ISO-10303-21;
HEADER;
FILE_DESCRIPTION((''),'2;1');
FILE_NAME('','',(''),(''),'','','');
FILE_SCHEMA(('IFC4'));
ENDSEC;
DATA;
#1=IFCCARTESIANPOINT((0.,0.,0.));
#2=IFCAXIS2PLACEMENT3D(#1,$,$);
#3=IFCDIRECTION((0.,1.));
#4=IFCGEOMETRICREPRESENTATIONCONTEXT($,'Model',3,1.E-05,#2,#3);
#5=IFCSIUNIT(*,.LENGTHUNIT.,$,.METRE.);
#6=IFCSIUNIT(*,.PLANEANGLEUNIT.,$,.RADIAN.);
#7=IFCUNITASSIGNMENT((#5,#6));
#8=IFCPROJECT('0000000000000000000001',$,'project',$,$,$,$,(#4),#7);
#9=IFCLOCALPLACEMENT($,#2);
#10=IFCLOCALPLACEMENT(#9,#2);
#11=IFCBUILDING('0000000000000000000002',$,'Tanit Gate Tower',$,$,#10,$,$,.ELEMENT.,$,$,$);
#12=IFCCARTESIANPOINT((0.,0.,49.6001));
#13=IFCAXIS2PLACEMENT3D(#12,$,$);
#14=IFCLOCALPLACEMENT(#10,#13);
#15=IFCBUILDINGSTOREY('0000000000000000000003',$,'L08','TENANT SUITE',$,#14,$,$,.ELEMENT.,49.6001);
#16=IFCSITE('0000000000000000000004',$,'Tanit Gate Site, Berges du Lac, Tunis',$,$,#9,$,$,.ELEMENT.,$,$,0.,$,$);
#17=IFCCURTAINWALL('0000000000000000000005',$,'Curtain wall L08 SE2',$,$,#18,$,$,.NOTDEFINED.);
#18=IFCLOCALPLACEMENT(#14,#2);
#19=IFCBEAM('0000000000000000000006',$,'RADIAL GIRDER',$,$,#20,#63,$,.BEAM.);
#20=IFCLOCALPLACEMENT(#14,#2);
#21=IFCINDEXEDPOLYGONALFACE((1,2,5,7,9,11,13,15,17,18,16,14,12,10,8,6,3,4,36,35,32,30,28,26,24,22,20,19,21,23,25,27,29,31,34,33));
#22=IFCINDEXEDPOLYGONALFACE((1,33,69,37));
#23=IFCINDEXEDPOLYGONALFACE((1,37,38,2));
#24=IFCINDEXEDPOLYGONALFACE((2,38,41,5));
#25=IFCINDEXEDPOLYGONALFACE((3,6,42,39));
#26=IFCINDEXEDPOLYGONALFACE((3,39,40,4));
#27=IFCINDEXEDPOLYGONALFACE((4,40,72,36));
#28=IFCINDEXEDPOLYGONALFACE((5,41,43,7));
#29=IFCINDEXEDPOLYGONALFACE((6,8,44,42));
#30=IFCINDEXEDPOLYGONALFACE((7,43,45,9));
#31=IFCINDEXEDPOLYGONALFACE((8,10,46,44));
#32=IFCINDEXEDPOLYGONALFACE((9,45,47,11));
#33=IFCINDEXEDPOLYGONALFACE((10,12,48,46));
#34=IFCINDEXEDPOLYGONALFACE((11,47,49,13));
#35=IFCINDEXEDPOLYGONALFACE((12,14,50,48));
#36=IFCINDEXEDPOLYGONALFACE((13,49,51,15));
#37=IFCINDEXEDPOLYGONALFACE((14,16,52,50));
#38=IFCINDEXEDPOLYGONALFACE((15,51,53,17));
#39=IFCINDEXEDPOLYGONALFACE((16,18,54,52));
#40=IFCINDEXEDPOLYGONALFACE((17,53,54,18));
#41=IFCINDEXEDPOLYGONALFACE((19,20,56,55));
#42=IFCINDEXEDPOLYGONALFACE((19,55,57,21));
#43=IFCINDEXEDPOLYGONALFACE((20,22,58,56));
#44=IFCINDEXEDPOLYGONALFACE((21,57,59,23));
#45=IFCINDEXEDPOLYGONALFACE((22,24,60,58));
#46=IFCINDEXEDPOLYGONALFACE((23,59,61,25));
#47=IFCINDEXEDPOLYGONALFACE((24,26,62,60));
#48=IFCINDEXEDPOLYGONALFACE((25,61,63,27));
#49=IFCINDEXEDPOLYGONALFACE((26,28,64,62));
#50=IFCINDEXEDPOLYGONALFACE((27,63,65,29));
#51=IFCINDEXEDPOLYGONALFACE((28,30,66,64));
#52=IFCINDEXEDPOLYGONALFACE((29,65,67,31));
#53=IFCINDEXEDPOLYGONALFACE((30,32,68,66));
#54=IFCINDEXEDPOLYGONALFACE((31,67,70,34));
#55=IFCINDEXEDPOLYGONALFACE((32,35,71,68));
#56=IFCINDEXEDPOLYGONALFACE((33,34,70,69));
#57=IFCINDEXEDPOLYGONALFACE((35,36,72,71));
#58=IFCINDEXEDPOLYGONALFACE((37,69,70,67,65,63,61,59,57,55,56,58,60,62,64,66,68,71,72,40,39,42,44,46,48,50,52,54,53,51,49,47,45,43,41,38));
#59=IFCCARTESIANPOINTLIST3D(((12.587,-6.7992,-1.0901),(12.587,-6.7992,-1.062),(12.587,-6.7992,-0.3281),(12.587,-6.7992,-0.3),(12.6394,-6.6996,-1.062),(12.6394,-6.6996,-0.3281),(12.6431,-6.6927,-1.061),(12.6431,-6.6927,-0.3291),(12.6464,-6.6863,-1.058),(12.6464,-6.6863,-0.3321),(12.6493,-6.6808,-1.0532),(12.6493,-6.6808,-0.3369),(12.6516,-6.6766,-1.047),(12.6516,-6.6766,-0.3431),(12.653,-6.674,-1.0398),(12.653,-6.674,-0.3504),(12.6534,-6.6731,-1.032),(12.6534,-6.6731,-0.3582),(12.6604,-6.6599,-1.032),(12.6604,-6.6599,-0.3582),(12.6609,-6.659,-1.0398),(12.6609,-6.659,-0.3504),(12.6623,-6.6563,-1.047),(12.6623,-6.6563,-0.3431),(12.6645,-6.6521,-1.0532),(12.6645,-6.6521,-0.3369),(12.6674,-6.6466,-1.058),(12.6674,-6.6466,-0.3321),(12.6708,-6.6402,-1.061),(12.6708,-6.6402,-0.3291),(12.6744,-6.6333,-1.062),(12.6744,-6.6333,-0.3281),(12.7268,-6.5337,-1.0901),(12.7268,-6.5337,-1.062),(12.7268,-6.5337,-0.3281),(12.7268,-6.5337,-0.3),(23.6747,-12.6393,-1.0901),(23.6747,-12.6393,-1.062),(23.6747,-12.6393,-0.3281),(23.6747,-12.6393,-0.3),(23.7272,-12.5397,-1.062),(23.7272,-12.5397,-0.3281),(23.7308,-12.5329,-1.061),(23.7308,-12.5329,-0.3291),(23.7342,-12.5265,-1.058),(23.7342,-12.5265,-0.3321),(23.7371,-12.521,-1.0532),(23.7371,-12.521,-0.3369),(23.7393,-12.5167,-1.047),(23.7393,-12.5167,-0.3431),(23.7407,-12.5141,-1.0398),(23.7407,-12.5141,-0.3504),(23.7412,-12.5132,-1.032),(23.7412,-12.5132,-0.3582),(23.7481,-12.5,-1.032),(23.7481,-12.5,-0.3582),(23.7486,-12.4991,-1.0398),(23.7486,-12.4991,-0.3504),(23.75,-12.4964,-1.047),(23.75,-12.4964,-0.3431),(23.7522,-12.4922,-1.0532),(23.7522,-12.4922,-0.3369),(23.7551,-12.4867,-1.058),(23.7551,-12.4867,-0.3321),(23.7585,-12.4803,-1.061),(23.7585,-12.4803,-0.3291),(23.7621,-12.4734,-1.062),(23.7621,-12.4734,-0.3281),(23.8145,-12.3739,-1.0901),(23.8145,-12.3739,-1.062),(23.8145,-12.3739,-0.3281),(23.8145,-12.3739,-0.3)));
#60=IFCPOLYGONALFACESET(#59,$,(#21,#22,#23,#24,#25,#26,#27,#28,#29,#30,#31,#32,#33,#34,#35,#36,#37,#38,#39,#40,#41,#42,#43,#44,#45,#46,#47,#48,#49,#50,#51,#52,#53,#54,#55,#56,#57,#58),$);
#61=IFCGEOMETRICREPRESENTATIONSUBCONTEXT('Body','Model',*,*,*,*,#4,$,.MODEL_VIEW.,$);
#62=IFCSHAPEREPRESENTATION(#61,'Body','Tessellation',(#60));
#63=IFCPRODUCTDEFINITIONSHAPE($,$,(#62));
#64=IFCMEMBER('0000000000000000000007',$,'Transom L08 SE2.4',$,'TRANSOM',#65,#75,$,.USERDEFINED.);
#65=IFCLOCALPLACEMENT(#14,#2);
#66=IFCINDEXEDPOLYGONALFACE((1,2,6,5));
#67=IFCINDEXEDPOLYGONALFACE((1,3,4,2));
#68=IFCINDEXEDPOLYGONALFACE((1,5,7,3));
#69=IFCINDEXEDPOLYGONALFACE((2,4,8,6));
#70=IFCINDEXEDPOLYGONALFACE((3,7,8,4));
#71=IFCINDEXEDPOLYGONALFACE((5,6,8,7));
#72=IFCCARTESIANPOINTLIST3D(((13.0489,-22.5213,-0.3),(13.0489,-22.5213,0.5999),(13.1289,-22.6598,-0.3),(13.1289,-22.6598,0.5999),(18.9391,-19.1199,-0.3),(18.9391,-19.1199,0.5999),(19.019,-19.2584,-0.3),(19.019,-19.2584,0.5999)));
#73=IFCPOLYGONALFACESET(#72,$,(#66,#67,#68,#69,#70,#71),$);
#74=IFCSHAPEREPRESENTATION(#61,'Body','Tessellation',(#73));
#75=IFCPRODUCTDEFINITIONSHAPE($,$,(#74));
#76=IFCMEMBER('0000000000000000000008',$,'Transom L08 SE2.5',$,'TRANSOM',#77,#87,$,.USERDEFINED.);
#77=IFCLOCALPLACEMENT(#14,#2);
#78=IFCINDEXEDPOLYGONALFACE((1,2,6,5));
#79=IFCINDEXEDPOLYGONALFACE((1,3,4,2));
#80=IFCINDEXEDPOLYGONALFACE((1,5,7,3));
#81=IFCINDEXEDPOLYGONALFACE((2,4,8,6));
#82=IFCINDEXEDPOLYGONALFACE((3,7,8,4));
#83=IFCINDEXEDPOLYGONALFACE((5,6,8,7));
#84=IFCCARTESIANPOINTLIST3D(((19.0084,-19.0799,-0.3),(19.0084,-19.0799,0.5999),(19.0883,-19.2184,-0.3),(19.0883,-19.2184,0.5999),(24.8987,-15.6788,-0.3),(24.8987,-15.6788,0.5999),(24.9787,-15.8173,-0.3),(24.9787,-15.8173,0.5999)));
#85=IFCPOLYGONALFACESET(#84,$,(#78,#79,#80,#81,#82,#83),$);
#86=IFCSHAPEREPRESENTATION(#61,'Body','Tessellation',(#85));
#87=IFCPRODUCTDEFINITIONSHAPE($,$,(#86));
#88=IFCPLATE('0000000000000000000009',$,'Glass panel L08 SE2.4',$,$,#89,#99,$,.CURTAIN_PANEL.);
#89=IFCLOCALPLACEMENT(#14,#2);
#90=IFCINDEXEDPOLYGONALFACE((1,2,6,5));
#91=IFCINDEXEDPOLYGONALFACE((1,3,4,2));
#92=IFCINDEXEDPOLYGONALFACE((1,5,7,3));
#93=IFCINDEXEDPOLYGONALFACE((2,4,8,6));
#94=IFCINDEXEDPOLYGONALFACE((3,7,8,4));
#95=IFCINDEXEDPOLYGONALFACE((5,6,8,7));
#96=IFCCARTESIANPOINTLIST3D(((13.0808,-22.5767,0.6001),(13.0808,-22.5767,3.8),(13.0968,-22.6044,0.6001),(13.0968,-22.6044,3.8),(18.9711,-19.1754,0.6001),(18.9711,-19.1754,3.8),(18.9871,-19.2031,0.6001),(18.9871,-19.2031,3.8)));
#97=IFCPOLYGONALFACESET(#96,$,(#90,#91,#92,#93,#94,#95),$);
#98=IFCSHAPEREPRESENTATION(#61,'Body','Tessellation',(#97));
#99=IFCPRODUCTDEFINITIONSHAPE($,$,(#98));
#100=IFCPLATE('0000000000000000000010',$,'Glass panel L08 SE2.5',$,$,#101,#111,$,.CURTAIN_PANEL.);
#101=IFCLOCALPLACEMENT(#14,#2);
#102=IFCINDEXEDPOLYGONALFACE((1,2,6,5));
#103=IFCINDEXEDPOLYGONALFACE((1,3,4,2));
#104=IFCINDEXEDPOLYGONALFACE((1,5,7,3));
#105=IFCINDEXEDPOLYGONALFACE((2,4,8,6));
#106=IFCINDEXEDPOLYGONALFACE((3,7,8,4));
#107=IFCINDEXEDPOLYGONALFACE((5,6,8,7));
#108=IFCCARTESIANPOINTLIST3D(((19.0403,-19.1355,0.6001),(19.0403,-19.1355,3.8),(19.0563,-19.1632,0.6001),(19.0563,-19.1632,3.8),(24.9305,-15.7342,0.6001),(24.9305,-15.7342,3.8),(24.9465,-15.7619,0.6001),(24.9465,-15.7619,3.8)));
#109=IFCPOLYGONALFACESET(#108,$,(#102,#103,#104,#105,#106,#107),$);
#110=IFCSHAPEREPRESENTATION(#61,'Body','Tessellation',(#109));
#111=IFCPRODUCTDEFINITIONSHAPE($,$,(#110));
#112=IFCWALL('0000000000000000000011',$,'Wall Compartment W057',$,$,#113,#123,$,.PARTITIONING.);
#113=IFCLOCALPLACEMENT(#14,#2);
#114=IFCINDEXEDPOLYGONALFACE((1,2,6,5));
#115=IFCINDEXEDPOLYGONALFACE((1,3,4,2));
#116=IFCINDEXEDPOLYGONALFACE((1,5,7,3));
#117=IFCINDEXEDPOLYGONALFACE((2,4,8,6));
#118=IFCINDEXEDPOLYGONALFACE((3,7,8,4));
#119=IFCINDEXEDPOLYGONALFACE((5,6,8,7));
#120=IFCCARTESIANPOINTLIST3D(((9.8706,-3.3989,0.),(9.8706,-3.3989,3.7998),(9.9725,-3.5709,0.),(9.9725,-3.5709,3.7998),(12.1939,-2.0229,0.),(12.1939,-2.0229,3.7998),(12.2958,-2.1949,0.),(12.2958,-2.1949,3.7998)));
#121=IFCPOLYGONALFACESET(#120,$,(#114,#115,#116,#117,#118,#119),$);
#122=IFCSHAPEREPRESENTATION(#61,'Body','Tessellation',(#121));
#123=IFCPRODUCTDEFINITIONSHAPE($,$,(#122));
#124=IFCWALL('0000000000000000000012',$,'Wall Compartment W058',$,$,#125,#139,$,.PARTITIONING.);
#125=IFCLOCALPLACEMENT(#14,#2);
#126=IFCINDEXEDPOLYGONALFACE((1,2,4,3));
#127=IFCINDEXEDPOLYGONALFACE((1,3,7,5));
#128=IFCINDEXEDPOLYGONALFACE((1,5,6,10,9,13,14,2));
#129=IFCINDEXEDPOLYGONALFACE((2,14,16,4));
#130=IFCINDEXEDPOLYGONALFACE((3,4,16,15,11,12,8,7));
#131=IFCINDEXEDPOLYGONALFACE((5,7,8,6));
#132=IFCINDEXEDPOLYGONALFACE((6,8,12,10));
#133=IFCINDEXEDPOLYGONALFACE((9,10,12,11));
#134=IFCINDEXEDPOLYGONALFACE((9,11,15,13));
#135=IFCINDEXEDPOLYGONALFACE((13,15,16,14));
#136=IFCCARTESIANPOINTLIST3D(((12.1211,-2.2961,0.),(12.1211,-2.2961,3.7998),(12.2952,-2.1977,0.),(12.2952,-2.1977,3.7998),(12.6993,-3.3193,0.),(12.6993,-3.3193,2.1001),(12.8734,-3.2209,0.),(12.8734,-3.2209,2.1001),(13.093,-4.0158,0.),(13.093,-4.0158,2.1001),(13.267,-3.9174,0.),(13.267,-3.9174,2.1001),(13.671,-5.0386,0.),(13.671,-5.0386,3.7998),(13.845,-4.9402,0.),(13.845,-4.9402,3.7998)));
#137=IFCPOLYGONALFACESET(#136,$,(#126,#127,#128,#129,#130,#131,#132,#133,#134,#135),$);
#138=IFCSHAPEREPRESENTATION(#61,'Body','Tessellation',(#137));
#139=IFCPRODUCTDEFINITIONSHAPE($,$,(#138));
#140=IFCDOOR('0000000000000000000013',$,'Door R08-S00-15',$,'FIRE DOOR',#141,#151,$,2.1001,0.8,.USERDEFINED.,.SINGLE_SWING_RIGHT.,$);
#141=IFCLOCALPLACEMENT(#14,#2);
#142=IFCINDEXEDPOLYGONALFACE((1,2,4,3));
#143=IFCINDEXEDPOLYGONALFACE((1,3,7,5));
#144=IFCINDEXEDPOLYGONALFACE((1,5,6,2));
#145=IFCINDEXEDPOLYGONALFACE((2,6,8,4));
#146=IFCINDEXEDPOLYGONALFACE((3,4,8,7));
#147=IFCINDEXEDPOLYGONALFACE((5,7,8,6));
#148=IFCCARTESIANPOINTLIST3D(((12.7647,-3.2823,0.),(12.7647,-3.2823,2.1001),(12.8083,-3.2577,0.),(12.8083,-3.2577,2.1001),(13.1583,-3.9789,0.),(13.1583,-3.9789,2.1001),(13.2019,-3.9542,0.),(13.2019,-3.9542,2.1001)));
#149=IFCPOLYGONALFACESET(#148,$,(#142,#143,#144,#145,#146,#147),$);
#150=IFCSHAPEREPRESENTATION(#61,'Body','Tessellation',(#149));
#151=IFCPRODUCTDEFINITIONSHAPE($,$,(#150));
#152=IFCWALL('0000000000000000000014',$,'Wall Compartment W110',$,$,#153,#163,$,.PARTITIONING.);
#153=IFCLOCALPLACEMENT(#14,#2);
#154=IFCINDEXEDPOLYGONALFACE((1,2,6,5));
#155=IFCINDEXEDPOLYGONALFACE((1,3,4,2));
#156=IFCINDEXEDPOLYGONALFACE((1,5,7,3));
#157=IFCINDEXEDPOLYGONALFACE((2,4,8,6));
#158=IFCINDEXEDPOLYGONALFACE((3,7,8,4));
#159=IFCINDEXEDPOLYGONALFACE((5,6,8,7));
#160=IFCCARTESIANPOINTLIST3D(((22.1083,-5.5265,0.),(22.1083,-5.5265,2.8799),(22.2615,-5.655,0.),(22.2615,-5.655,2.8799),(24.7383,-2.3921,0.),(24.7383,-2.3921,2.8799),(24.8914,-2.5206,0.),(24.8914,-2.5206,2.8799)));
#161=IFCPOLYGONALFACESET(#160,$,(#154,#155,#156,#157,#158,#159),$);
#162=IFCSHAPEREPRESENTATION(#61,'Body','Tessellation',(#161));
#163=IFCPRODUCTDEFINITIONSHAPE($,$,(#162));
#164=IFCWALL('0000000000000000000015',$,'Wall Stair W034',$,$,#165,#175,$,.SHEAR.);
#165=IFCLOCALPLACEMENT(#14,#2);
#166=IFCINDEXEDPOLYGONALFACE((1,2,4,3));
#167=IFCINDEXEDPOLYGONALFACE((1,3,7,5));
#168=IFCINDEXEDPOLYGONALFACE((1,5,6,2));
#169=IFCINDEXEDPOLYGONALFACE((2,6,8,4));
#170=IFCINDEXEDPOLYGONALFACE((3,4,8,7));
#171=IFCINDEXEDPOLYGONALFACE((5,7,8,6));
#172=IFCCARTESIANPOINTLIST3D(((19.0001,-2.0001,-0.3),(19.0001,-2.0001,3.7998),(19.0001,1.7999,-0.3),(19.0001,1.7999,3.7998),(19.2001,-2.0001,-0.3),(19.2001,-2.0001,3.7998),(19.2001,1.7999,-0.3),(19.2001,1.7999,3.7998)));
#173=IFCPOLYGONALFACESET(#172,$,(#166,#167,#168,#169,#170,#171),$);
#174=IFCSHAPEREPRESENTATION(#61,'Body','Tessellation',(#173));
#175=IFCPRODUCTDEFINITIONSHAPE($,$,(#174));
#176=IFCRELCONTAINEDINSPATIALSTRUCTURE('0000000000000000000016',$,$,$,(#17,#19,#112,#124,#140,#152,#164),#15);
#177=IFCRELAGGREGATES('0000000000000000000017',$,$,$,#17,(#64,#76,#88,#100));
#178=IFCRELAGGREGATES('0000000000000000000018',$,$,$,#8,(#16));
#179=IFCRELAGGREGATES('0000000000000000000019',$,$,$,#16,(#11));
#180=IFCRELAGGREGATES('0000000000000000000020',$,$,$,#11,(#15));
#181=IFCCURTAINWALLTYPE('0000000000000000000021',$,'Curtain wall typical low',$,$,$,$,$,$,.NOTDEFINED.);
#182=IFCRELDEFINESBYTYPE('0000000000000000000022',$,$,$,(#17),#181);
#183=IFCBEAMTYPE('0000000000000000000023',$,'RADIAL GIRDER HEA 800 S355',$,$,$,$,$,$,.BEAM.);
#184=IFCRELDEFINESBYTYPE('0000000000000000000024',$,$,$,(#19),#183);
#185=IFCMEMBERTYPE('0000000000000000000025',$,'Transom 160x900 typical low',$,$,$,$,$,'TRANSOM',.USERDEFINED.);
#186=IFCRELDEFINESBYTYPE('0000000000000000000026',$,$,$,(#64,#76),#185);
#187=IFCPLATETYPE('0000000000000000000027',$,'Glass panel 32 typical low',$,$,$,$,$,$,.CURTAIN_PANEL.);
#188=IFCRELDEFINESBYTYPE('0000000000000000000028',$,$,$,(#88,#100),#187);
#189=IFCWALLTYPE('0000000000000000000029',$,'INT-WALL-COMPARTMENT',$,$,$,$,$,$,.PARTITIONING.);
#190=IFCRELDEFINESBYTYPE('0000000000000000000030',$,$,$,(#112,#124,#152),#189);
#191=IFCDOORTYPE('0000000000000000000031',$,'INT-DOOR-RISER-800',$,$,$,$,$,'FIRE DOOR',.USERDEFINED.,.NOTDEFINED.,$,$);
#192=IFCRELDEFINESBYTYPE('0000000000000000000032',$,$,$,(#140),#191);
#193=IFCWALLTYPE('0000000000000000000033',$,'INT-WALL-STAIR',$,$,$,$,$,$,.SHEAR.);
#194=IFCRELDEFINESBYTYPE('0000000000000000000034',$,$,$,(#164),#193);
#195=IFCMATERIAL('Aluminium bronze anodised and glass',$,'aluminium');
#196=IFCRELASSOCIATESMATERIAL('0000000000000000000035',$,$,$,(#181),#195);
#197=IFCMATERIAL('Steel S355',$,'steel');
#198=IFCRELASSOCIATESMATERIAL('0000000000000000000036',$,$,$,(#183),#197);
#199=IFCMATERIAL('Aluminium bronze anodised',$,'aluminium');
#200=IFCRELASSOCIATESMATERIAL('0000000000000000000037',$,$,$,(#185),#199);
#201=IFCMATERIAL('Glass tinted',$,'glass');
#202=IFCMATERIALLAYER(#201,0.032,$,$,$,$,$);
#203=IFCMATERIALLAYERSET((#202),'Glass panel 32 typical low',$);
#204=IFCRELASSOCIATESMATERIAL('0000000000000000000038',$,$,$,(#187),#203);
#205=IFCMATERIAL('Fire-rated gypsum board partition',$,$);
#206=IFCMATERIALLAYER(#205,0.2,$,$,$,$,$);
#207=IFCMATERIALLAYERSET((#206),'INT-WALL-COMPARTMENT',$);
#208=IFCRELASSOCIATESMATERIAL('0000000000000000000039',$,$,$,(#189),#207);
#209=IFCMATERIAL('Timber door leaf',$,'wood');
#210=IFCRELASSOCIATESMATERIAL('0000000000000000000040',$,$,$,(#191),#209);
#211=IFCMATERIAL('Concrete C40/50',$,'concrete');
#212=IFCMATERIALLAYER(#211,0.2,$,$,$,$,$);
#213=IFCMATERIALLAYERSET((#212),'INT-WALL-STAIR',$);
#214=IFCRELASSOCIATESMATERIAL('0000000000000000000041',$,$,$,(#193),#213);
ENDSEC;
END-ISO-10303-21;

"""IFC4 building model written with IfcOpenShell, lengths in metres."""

from ifc_helpers import new_model, si_unit, direction, frame, frame_2d, origin, origin_2d, place, context, subcontext, project, spatial, rectangle, i_section, extrude, material, layer, layer_set, material_profile, profile_set, type_object, element, fill, aggregate, save


model = new_model("IFC4")

# Units and contexts
model_context = context("Model", 3, precision=1e-05, world=origin(), true_north=direction((0.0, 1.0)))
body_context = subcontext(model_context, "Body", "Model", "MODEL_VIEW")
ifc_project = project(units=[si_unit("LENGTHUNIT", "METRE"), si_unit("PLANEANGLEUNIT", "RADIAN")], contexts=[model_context])

# Site, building, storey
site_placement = place(None, origin())
site = spatial("IfcSite", under=ifc_project, at=site_placement, Name="Tanit Gate Site, Berges du Lac, Tunis", CompositionType="ELEMENT", RefElevation=0.0)
building_placement = place(site_placement, origin())
building = spatial("IfcBuilding", under=site, at=building_placement, Name="Tanit Gate Tower", CompositionType="ELEMENT")
storey_placement = place(building_placement, frame((0.0, 0.0, 49.6001)))
storey = spatial("IfcBuildingStorey", under=building, at=storey_placement, Name="L08", Description="TENANT SUITE", CompositionType="ELEMENT", Elevation=49.6001)

# Curtain wall
ifc_material_1 = material(Name="Aluminium bronze anodised and glass", Category="aluminium")
curtain_wall_type = type_object("IfcCurtainWallType", Name="Curtain wall typical low", PredefinedType="NOTDEFINED", material=ifc_material_1)
curtain_wall_placement = place(storey_placement, origin())
curtain_wall = element("IfcCurtainWall", 1, at=curtain_wall_placement, inside=storey, type_object=curtain_wall_type, Name="Curtain wall L08 SE2", PredefinedType="NOTDEFINED")

# Beam
ifc_material_2 = material(Name="Steel S355", Category="steel")
ifc_material_profile_1 = material_profile(ifc_material_2, i_section(OverallWidth=0.3, OverallDepth=0.79, WebThickness=0.0149, FlangeThickness=0.0281, FilletRadius=0.03, at=origin_2d()), Name="HEA 800")
ifc_profile_set_1 = profile_set([ifc_material_profile_1], Name="Steel S355")
beam_type_1 = type_object("IfcBeamType", Name="RADIAL GIRDER HEA 800 S355", PredefinedType="BEAM", material=ifc_profile_set_1)
beam_1_placement = place(storey_placement, frame((23.7446, -12.5066, -0.6951), z_axis=(-0.884771, 0.466027, 0.0), x_axis=(-0.466027, -0.884771, 0.0)))
element("IfcBeam", 2, at=beam_1_placement, inside=storey, type_object=beam_type_1, Name="RADIAL GIRDER", PredefinedType="BEAM", context=body_context, shape_type="SweptSolid", body=[
    extrude(i_section(OverallWidth=0.3, OverallDepth=0.79, WebThickness=0.0149, FlangeThickness=0.0281, FilletRadius=0.03, at=origin_2d()), origin(), (0.0, 0.0, 1.0), 12.5317),
])

# Members
ifc_material_3 = material(Name="Aluminium bronze anodised", Category="aluminium")
ifc_material_profile_2 = material_profile(ifc_material_3, rectangle(XDim=0.1599, YDim=0.8999, at=origin_2d()), Name="160x900 bronze transom")
ifc_profile_set_2 = profile_set([ifc_material_profile_2], Name="Aluminium bronze anodised")
member_type_1 = type_object("IfcMemberType", Name="Transom 160x900 typical low", ElementType="TRANSOM", PredefinedType="USERDEFINED", material=ifc_profile_set_2)
member_1_placement = place(storey_placement, frame((13.0889, -22.5906, 0.1499), z_axis=(0.865981, 0.500077, 0.0), x_axis=(-0.500077, 0.865981, 0.0)))
member_1 = element("IfcMember", 3, at=member_1_placement, type_object=member_type_1, Name="Transom L08 SE2.4", ObjectType="TRANSOM", PredefinedType="USERDEFINED", context=body_context, shape_type="SweptSolid", body=[
    extrude(rectangle(XDim=0.1599, YDim=0.8999, at=origin_2d()), origin(), (0.0, 0.0, 1.0), 6.8018),
])
member_2_placement = place(storey_placement, frame((19.0483, -19.1492, 0.1499), z_axis=(0.866006, 0.500034, 0.0), x_axis=(-0.500034, 0.866006, 0.0)))
member_2 = element("IfcMember", 4, at=member_2_placement, type_object=member_type_1, Name="Transom L08 SE2.5", ObjectType="TRANSOM", PredefinedType="USERDEFINED", context=body_context, shape_type="SweptSolid", body=[
    extrude(rectangle(XDim=0.1599, YDim=0.8999, at=origin_2d()), origin(), (0.0, 0.0, 1.0), 6.8018),
])

# Plates
ifc_material_4 = material(Name="Glass tinted", Category="glass")
ifc_layer_1 = layer(ifc_material_4, 0.032)
ifc_layer_set_1 = layer_set([ifc_layer_1], Name="Glass panel 32 typical low")
plate_type = type_object("IfcPlateType", Name="Glass panel 32 typical low", PredefinedType="CURTAIN_PANEL", material=ifc_layer_set_1)
plate_1_placement = place(storey_placement, frame((16.0339, -20.8899, 0.6001), z_axis=(0.0, 0.0, 1.0), x_axis=(0.865991, 0.50006, 0.0)))
plate_1 = element("IfcPlate", 5, at=plate_1_placement, type_object=plate_type, Name="Glass panel L08 SE2.4", PredefinedType="CURTAIN_PANEL", context=body_context, shape_type="SweptSolid", body=[
    extrude(rectangle(XDim=6.8018, YDim=0.032, at=origin_2d()), origin(), (0.0, 0.0, 1.0), 3.2),
])
plate_2_placement = place(storey_placement, frame((21.9934, -17.4487, 0.6001), z_axis=(0.0, 0.0, 1.0), x_axis=(0.865991, 0.50006, 0.0)))
plate_2 = element("IfcPlate", 6, at=plate_2_placement, type_object=plate_type, Name="Glass panel L08 SE2.5", PredefinedType="CURTAIN_PANEL", context=body_context, shape_type="SweptSolid", body=[
    extrude(rectangle(XDim=6.8018, YDim=0.032, at=origin_2d()), origin(), (0.0, 0.0, 1.0), 3.2),
])
aggregate(curtain_wall, [member_1, member_2, plate_1, plate_2])

# Wall
ifc_material_5 = material(Name="Fire-rated gypsum board partition")
ifc_layer_2 = layer(ifc_material_5, 0.2)
ifc_layer_set_2 = layer_set([ifc_layer_2], Name="INT-WALL-COMPARTMENT")
wall_type_1 = type_object("IfcWallType", Name="INT-WALL-COMPARTMENT", PredefinedType="PARTITIONING", material=ifc_layer_set_2)
wall_1_placement = place(storey_placement, frame((12.2449, -2.1089, 0.0), z_axis=(0.0, 0.0, 1.0), x_axis=(-0.860415, -0.509594, 0.0)))
element("IfcWall", 7, at=wall_1_placement, inside=storey, type_object=wall_type_1, Name="Wall Compartment W057", PredefinedType="PARTITIONING", context=body_context, shape_type="SweptSolid", body=[
    extrude(rectangle(XDim=2.7002, YDim=0.2, at=frame_2d((1.3501, 0.0))), origin(), (0.0, 0.0, 1.0), 3.7998),
])

# Wall, opening, door
wall_2_placement = place(storey_placement, frame((13.7581, -4.9895, 0.0), z_axis=(0.0, 0.0, 1.0), x_axis=(-0.491993, 0.870599, 0.0)))
wall_2 = element("IfcWall", 8, at=wall_2_placement, inside=storey, type_object=wall_type_1, Name="Wall Compartment W058", PredefinedType="PARTITIONING", context=body_context, shape_type="SweptSolid", body=[
    extrude(rectangle(XDim=3.1501, YDim=0.2, at=frame_2d((1.5752, 0.0))), origin(), (0.0, 0.0, 1.0), 3.7998),
])
opening_1_placement = place(wall_2_placement, frame((1.175, 0.0, 0.0)))
opening_1 = element("IfcOpeningElement", 9, at=opening_1_placement, cuts=wall_2, PredefinedType="OPENING", context=body_context, shape_type="SweptSolid", body=[
    extrude(rectangle(XDim=0.8, YDim=2.1001, at=frame_2d((0.3999, 1.05))), frame((0.0, 0.1099, 0.0), z_axis=(0.0, -1.0, 0.0), x_axis=(1.0, 0.0, 0.0)), (0.0, 0.0, 1.0), 0.22),
])
ifc_material_6 = material(Name="Timber door leaf", Category="wood")
door_type_1 = type_object("IfcDoorType", Name="INT-DOOR-RISER-800", ElementType="FIRE DOOR", OperationType="NOTDEFINED", PredefinedType="USERDEFINED", material=ifc_material_6)
door_1_placement = place(opening_1_placement, origin())
door_1 = element("IfcDoor", 10, at=door_1_placement, inside=storey, type_object=door_type_1, Name="Door R08-S00-15", ObjectType="FIRE DOOR", OperationType="SINGLE_SWING_RIGHT", OverallHeight=2.1001, OverallWidth=0.8, PredefinedType="USERDEFINED", context=body_context, shape_type="SweptSolid", body=[
    extrude(rectangle(XDim=0.8, YDim=2.1001, at=frame_2d((0.3999, 1.05))), frame((0.0, 0.0249, 0.0), z_axis=(0.0, -1.0, 0.0), x_axis=(1.0, 0.0, 0.0)), (0.0, 0.0, 1.0), 0.05),
])
fill(opening_1, door_1)

# Walls
wall_3_placement = place(storey_placement, frame((22.1848, -5.5908, 0.0), z_axis=(0.0, 0.0, 1.0), x_axis=(0.642775, 0.766055, 0.0)))
element("IfcWall", 11, at=wall_3_placement, inside=storey, type_object=wall_type_1, Name="Wall Compartment W110", PredefinedType="PARTITIONING", context=body_context, shape_type="SweptSolid", body=[
    extrude(rectangle(XDim=4.0916, YDim=0.2, at=frame_2d((2.0459, 0.0))), origin(), (0.0, 0.0, 1.0), 2.8799),
])
ifc_material_7 = material(Name="Concrete C40/50", Category="concrete")
ifc_layer_3 = layer(ifc_material_7, 0.2)
ifc_layer_set_3 = layer_set([ifc_layer_3], Name="INT-WALL-STAIR")
wall_type_2 = type_object("IfcWallType", Name="INT-WALL-STAIR", PredefinedType="SHEAR", material=ifc_layer_set_3)
wall_4_placement = place(storey_placement, frame((19.1001, -2.0, -0.3), z_axis=(0.0, 0.0, 1.0), x_axis=(0.0, 1.0, 0.0)))
element("IfcWall", 12, at=wall_4_placement, inside=storey, type_object=wall_type_2, Name="Wall Stair W034", PredefinedType="SHEAR", context=body_context, shape_type="SweptSolid", body=[
    extrude(rectangle(XDim=3.8, YDim=0.2, at=frame_2d((1.8999, 0.0))), origin(), (0.0, 0.0, 1.0), 4.0999),
])

save(model, "model.ifc")
